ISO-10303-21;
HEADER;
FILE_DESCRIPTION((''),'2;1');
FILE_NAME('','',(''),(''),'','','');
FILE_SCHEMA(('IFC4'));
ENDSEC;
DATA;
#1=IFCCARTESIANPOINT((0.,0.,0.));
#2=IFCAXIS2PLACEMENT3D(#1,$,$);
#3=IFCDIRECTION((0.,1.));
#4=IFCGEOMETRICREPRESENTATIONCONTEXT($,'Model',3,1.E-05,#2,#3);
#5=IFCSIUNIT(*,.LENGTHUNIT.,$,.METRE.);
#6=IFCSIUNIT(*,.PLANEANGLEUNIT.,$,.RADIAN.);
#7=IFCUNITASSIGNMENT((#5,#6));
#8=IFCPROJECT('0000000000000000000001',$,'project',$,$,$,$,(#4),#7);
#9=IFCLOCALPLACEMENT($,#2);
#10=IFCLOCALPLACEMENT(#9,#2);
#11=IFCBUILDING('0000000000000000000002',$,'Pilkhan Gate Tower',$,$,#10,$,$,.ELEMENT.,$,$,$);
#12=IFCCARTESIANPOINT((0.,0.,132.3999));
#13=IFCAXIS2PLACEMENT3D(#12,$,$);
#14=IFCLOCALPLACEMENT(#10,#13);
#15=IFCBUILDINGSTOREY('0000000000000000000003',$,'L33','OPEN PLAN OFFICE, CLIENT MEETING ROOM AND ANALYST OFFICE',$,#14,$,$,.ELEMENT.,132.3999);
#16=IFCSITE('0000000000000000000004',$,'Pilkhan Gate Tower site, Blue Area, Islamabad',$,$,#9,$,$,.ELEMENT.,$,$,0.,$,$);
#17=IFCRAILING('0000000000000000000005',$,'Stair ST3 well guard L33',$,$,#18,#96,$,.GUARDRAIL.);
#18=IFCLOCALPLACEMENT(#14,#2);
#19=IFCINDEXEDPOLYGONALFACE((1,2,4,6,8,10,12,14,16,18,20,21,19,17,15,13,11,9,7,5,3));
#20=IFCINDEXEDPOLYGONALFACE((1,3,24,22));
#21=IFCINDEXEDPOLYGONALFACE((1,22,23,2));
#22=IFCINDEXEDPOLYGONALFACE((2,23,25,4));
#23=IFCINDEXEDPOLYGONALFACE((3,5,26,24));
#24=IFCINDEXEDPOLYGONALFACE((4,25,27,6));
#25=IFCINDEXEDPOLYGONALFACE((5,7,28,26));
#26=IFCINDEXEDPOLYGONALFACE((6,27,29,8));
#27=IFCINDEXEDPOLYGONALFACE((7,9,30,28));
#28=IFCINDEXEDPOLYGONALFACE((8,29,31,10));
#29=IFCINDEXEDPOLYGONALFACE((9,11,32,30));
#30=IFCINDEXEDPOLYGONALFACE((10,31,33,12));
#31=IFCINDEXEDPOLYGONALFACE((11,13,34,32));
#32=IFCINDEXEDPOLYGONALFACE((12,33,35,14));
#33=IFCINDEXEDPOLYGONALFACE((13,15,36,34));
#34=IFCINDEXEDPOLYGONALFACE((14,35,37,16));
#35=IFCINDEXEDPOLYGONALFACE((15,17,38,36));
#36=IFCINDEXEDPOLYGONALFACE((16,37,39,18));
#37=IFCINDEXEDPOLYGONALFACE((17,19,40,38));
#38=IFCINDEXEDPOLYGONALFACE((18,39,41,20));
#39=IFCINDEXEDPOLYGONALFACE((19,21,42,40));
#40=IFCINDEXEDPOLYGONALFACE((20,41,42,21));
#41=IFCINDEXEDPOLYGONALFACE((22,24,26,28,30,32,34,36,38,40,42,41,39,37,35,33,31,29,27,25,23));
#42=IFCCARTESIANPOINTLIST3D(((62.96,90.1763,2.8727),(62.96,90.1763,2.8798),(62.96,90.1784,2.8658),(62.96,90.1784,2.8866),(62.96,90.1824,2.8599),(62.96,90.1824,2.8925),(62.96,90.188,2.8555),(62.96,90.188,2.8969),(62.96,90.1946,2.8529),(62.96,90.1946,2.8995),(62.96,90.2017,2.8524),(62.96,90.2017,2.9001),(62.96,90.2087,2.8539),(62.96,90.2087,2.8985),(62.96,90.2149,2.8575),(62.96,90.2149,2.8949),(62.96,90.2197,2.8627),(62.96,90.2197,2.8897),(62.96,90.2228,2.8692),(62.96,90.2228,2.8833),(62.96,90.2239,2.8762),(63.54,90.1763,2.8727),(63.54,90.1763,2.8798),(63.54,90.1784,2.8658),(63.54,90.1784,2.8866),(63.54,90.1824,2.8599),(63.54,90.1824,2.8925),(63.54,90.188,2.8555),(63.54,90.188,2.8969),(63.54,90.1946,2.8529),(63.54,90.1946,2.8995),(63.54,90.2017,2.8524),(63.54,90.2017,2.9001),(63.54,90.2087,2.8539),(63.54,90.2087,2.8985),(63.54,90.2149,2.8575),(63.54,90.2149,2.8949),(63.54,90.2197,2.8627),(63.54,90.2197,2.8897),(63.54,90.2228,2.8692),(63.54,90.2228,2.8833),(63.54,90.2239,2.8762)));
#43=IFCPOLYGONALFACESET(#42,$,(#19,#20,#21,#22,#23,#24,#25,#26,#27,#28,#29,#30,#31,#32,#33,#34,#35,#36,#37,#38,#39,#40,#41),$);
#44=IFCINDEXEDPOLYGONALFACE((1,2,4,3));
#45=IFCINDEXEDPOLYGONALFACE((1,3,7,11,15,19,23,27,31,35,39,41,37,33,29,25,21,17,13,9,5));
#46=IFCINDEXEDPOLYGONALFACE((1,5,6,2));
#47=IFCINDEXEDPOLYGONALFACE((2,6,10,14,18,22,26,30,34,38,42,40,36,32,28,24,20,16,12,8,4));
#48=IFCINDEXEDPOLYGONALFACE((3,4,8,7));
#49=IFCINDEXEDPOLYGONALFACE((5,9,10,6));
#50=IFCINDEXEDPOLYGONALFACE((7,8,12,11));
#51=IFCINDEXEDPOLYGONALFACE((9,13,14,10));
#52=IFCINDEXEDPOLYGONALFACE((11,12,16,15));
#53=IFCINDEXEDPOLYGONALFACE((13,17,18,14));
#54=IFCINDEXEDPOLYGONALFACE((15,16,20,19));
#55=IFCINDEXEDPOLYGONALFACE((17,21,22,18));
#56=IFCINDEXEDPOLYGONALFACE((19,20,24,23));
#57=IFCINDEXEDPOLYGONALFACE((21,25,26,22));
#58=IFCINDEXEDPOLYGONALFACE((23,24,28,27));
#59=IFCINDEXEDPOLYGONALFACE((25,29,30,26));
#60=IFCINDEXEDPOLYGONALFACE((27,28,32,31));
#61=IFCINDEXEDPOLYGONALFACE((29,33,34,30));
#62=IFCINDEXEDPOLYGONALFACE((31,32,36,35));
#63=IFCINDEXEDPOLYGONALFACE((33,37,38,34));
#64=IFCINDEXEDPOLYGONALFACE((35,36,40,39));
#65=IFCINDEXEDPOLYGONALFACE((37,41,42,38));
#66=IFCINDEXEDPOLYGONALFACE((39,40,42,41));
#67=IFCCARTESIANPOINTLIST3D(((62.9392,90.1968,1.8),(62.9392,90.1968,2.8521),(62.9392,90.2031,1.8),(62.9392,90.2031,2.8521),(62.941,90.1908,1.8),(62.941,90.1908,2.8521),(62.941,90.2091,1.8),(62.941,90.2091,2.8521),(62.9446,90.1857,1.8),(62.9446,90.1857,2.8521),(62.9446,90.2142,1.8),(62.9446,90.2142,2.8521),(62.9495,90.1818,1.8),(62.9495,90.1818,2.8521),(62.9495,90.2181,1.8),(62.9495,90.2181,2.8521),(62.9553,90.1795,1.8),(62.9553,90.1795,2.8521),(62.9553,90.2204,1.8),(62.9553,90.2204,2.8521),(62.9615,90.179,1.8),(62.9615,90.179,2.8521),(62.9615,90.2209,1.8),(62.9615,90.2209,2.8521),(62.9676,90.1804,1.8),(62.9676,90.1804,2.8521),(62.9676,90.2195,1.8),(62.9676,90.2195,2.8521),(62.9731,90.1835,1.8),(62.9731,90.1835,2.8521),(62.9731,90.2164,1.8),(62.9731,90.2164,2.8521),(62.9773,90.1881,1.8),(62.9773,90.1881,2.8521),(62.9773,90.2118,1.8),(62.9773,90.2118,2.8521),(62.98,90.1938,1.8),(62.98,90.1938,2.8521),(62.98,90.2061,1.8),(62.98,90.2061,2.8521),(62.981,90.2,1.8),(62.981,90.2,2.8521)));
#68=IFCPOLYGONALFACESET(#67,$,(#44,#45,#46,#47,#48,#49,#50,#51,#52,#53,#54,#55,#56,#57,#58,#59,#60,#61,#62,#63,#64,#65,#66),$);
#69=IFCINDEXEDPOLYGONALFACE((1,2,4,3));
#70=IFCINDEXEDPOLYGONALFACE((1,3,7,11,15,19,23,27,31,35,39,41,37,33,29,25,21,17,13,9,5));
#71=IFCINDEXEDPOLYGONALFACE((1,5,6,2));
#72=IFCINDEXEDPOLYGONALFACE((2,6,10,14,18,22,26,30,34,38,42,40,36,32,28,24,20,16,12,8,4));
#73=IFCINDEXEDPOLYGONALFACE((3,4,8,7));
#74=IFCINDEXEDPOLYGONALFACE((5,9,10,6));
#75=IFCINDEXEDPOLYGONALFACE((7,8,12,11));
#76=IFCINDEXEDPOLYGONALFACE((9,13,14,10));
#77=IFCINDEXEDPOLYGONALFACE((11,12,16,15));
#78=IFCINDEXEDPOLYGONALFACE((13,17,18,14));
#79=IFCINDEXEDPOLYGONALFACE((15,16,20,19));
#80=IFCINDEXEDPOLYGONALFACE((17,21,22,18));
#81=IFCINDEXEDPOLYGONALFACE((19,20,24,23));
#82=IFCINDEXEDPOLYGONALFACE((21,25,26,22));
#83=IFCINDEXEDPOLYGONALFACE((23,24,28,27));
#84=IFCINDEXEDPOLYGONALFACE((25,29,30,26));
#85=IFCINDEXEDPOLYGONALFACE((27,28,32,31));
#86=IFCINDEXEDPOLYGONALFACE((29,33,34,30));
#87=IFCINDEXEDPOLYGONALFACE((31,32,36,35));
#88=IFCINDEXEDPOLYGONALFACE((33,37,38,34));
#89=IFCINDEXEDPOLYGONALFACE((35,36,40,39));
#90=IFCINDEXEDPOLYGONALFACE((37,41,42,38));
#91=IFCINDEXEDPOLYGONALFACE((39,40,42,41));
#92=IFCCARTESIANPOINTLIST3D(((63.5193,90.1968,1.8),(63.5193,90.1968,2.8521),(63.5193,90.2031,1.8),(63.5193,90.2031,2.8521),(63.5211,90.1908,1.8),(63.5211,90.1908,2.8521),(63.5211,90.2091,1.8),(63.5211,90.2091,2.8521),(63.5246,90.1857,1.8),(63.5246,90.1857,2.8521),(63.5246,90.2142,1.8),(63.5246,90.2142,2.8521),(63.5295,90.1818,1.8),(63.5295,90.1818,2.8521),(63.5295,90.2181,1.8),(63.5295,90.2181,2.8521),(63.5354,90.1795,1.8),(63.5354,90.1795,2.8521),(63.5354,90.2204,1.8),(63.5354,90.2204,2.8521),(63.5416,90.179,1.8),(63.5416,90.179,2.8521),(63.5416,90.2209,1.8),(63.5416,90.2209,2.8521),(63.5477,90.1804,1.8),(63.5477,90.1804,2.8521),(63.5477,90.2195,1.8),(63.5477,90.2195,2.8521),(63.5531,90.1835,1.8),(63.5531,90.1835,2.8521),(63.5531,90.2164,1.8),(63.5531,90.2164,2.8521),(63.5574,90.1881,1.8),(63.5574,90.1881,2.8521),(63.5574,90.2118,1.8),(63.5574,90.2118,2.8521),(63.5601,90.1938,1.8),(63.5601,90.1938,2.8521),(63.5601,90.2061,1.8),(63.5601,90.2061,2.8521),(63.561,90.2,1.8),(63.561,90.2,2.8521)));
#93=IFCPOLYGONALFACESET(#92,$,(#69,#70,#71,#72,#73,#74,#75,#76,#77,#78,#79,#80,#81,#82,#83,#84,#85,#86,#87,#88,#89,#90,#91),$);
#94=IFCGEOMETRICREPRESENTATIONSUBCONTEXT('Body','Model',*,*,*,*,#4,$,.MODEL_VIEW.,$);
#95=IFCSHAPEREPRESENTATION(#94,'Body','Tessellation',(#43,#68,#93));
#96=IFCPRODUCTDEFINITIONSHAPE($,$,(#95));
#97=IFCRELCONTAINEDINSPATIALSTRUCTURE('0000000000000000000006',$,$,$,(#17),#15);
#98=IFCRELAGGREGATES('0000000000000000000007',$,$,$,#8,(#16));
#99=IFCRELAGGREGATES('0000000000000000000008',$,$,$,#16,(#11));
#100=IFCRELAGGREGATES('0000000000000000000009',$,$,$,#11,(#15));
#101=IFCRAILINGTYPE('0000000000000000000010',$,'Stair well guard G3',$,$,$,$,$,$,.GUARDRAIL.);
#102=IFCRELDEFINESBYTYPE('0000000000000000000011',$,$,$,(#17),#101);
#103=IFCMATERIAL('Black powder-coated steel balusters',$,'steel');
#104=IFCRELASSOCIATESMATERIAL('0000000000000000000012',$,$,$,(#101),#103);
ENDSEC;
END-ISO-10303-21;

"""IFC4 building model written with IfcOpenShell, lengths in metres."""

from ifc_helpers import new_model, si_unit, direction, frame, origin, origin_2d, place, context, subcontext, project, spatial, circle, extrude, material, type_object, element, save


model = new_model("IFC4")

# Units and contexts
model_context = context("Model", 3, precision=1e-05, world=origin(), true_north=direction((0.0, 1.0)))
body_context = subcontext(model_context, "Body", "Model", "MODEL_VIEW")
ifc_project = project(units=[si_unit("LENGTHUNIT", "METRE"), si_unit("PLANEANGLEUNIT", "RADIAN")], contexts=[model_context])

# Site, building, storey
site_placement = place(None, origin())
site = spatial("IfcSite", under=ifc_project, at=site_placement, Name="Pilkhan Gate Tower site, Blue Area, Islamabad", CompositionType="ELEMENT", RefElevation=0.0)
building_placement = place(site_placement, origin())
building = spatial("IfcBuilding", under=site, at=building_placement, Name="Pilkhan Gate Tower", CompositionType="ELEMENT")
storey_placement = place(building_placement, frame((0.0, 0.0, 132.3999)))
storey = spatial("IfcBuildingStorey", under=building, at=storey_placement, Name="L33", Description="OPEN PLAN OFFICE, CLIENT MEETING ROOM AND ANALYST OFFICE", CompositionType="ELEMENT", Elevation=132.3999)

# Railing
ifc_material_1 = material(Name="Black powder-coated steel balusters", Category="steel")
railing_type_1 = type_object("IfcRailingType", Name="Stair well guard G3", PredefinedType="GUARDRAIL", material=ifc_material_1)
for number, where, name in (
    (1, (62.96, 90.2, 1.8), "Stair ST3 well guard L33"),
):
    element("IfcRailing", number, at=place(storey_placement, frame(where)), inside=storey, type_object=railing_type_1, Name=name, PredefinedType="GUARDRAIL", context=body_context, shape_type="SweptSolid", body=[
        extrude(circle(Radius=0.0239, at=origin_2d()), frame((0.0, 0.0, 1.0762), z_axis=(1.0, 0.0, 0.0), x_axis=(0.0, 1.0, 0.0)), (0.0, 0.0, 1.0), 0.5801),
        extrude(circle(Radius=0.021, at=origin_2d()), origin(), (0.0, 0.0, 1.0), 1.052),
        extrude(circle(Radius=0.021, at=origin_2d()), frame((0.5801, 0.0, 0.0)), (0.0, 0.0, 1.0), 1.052),
    ])

save(model, "model.ifc")
